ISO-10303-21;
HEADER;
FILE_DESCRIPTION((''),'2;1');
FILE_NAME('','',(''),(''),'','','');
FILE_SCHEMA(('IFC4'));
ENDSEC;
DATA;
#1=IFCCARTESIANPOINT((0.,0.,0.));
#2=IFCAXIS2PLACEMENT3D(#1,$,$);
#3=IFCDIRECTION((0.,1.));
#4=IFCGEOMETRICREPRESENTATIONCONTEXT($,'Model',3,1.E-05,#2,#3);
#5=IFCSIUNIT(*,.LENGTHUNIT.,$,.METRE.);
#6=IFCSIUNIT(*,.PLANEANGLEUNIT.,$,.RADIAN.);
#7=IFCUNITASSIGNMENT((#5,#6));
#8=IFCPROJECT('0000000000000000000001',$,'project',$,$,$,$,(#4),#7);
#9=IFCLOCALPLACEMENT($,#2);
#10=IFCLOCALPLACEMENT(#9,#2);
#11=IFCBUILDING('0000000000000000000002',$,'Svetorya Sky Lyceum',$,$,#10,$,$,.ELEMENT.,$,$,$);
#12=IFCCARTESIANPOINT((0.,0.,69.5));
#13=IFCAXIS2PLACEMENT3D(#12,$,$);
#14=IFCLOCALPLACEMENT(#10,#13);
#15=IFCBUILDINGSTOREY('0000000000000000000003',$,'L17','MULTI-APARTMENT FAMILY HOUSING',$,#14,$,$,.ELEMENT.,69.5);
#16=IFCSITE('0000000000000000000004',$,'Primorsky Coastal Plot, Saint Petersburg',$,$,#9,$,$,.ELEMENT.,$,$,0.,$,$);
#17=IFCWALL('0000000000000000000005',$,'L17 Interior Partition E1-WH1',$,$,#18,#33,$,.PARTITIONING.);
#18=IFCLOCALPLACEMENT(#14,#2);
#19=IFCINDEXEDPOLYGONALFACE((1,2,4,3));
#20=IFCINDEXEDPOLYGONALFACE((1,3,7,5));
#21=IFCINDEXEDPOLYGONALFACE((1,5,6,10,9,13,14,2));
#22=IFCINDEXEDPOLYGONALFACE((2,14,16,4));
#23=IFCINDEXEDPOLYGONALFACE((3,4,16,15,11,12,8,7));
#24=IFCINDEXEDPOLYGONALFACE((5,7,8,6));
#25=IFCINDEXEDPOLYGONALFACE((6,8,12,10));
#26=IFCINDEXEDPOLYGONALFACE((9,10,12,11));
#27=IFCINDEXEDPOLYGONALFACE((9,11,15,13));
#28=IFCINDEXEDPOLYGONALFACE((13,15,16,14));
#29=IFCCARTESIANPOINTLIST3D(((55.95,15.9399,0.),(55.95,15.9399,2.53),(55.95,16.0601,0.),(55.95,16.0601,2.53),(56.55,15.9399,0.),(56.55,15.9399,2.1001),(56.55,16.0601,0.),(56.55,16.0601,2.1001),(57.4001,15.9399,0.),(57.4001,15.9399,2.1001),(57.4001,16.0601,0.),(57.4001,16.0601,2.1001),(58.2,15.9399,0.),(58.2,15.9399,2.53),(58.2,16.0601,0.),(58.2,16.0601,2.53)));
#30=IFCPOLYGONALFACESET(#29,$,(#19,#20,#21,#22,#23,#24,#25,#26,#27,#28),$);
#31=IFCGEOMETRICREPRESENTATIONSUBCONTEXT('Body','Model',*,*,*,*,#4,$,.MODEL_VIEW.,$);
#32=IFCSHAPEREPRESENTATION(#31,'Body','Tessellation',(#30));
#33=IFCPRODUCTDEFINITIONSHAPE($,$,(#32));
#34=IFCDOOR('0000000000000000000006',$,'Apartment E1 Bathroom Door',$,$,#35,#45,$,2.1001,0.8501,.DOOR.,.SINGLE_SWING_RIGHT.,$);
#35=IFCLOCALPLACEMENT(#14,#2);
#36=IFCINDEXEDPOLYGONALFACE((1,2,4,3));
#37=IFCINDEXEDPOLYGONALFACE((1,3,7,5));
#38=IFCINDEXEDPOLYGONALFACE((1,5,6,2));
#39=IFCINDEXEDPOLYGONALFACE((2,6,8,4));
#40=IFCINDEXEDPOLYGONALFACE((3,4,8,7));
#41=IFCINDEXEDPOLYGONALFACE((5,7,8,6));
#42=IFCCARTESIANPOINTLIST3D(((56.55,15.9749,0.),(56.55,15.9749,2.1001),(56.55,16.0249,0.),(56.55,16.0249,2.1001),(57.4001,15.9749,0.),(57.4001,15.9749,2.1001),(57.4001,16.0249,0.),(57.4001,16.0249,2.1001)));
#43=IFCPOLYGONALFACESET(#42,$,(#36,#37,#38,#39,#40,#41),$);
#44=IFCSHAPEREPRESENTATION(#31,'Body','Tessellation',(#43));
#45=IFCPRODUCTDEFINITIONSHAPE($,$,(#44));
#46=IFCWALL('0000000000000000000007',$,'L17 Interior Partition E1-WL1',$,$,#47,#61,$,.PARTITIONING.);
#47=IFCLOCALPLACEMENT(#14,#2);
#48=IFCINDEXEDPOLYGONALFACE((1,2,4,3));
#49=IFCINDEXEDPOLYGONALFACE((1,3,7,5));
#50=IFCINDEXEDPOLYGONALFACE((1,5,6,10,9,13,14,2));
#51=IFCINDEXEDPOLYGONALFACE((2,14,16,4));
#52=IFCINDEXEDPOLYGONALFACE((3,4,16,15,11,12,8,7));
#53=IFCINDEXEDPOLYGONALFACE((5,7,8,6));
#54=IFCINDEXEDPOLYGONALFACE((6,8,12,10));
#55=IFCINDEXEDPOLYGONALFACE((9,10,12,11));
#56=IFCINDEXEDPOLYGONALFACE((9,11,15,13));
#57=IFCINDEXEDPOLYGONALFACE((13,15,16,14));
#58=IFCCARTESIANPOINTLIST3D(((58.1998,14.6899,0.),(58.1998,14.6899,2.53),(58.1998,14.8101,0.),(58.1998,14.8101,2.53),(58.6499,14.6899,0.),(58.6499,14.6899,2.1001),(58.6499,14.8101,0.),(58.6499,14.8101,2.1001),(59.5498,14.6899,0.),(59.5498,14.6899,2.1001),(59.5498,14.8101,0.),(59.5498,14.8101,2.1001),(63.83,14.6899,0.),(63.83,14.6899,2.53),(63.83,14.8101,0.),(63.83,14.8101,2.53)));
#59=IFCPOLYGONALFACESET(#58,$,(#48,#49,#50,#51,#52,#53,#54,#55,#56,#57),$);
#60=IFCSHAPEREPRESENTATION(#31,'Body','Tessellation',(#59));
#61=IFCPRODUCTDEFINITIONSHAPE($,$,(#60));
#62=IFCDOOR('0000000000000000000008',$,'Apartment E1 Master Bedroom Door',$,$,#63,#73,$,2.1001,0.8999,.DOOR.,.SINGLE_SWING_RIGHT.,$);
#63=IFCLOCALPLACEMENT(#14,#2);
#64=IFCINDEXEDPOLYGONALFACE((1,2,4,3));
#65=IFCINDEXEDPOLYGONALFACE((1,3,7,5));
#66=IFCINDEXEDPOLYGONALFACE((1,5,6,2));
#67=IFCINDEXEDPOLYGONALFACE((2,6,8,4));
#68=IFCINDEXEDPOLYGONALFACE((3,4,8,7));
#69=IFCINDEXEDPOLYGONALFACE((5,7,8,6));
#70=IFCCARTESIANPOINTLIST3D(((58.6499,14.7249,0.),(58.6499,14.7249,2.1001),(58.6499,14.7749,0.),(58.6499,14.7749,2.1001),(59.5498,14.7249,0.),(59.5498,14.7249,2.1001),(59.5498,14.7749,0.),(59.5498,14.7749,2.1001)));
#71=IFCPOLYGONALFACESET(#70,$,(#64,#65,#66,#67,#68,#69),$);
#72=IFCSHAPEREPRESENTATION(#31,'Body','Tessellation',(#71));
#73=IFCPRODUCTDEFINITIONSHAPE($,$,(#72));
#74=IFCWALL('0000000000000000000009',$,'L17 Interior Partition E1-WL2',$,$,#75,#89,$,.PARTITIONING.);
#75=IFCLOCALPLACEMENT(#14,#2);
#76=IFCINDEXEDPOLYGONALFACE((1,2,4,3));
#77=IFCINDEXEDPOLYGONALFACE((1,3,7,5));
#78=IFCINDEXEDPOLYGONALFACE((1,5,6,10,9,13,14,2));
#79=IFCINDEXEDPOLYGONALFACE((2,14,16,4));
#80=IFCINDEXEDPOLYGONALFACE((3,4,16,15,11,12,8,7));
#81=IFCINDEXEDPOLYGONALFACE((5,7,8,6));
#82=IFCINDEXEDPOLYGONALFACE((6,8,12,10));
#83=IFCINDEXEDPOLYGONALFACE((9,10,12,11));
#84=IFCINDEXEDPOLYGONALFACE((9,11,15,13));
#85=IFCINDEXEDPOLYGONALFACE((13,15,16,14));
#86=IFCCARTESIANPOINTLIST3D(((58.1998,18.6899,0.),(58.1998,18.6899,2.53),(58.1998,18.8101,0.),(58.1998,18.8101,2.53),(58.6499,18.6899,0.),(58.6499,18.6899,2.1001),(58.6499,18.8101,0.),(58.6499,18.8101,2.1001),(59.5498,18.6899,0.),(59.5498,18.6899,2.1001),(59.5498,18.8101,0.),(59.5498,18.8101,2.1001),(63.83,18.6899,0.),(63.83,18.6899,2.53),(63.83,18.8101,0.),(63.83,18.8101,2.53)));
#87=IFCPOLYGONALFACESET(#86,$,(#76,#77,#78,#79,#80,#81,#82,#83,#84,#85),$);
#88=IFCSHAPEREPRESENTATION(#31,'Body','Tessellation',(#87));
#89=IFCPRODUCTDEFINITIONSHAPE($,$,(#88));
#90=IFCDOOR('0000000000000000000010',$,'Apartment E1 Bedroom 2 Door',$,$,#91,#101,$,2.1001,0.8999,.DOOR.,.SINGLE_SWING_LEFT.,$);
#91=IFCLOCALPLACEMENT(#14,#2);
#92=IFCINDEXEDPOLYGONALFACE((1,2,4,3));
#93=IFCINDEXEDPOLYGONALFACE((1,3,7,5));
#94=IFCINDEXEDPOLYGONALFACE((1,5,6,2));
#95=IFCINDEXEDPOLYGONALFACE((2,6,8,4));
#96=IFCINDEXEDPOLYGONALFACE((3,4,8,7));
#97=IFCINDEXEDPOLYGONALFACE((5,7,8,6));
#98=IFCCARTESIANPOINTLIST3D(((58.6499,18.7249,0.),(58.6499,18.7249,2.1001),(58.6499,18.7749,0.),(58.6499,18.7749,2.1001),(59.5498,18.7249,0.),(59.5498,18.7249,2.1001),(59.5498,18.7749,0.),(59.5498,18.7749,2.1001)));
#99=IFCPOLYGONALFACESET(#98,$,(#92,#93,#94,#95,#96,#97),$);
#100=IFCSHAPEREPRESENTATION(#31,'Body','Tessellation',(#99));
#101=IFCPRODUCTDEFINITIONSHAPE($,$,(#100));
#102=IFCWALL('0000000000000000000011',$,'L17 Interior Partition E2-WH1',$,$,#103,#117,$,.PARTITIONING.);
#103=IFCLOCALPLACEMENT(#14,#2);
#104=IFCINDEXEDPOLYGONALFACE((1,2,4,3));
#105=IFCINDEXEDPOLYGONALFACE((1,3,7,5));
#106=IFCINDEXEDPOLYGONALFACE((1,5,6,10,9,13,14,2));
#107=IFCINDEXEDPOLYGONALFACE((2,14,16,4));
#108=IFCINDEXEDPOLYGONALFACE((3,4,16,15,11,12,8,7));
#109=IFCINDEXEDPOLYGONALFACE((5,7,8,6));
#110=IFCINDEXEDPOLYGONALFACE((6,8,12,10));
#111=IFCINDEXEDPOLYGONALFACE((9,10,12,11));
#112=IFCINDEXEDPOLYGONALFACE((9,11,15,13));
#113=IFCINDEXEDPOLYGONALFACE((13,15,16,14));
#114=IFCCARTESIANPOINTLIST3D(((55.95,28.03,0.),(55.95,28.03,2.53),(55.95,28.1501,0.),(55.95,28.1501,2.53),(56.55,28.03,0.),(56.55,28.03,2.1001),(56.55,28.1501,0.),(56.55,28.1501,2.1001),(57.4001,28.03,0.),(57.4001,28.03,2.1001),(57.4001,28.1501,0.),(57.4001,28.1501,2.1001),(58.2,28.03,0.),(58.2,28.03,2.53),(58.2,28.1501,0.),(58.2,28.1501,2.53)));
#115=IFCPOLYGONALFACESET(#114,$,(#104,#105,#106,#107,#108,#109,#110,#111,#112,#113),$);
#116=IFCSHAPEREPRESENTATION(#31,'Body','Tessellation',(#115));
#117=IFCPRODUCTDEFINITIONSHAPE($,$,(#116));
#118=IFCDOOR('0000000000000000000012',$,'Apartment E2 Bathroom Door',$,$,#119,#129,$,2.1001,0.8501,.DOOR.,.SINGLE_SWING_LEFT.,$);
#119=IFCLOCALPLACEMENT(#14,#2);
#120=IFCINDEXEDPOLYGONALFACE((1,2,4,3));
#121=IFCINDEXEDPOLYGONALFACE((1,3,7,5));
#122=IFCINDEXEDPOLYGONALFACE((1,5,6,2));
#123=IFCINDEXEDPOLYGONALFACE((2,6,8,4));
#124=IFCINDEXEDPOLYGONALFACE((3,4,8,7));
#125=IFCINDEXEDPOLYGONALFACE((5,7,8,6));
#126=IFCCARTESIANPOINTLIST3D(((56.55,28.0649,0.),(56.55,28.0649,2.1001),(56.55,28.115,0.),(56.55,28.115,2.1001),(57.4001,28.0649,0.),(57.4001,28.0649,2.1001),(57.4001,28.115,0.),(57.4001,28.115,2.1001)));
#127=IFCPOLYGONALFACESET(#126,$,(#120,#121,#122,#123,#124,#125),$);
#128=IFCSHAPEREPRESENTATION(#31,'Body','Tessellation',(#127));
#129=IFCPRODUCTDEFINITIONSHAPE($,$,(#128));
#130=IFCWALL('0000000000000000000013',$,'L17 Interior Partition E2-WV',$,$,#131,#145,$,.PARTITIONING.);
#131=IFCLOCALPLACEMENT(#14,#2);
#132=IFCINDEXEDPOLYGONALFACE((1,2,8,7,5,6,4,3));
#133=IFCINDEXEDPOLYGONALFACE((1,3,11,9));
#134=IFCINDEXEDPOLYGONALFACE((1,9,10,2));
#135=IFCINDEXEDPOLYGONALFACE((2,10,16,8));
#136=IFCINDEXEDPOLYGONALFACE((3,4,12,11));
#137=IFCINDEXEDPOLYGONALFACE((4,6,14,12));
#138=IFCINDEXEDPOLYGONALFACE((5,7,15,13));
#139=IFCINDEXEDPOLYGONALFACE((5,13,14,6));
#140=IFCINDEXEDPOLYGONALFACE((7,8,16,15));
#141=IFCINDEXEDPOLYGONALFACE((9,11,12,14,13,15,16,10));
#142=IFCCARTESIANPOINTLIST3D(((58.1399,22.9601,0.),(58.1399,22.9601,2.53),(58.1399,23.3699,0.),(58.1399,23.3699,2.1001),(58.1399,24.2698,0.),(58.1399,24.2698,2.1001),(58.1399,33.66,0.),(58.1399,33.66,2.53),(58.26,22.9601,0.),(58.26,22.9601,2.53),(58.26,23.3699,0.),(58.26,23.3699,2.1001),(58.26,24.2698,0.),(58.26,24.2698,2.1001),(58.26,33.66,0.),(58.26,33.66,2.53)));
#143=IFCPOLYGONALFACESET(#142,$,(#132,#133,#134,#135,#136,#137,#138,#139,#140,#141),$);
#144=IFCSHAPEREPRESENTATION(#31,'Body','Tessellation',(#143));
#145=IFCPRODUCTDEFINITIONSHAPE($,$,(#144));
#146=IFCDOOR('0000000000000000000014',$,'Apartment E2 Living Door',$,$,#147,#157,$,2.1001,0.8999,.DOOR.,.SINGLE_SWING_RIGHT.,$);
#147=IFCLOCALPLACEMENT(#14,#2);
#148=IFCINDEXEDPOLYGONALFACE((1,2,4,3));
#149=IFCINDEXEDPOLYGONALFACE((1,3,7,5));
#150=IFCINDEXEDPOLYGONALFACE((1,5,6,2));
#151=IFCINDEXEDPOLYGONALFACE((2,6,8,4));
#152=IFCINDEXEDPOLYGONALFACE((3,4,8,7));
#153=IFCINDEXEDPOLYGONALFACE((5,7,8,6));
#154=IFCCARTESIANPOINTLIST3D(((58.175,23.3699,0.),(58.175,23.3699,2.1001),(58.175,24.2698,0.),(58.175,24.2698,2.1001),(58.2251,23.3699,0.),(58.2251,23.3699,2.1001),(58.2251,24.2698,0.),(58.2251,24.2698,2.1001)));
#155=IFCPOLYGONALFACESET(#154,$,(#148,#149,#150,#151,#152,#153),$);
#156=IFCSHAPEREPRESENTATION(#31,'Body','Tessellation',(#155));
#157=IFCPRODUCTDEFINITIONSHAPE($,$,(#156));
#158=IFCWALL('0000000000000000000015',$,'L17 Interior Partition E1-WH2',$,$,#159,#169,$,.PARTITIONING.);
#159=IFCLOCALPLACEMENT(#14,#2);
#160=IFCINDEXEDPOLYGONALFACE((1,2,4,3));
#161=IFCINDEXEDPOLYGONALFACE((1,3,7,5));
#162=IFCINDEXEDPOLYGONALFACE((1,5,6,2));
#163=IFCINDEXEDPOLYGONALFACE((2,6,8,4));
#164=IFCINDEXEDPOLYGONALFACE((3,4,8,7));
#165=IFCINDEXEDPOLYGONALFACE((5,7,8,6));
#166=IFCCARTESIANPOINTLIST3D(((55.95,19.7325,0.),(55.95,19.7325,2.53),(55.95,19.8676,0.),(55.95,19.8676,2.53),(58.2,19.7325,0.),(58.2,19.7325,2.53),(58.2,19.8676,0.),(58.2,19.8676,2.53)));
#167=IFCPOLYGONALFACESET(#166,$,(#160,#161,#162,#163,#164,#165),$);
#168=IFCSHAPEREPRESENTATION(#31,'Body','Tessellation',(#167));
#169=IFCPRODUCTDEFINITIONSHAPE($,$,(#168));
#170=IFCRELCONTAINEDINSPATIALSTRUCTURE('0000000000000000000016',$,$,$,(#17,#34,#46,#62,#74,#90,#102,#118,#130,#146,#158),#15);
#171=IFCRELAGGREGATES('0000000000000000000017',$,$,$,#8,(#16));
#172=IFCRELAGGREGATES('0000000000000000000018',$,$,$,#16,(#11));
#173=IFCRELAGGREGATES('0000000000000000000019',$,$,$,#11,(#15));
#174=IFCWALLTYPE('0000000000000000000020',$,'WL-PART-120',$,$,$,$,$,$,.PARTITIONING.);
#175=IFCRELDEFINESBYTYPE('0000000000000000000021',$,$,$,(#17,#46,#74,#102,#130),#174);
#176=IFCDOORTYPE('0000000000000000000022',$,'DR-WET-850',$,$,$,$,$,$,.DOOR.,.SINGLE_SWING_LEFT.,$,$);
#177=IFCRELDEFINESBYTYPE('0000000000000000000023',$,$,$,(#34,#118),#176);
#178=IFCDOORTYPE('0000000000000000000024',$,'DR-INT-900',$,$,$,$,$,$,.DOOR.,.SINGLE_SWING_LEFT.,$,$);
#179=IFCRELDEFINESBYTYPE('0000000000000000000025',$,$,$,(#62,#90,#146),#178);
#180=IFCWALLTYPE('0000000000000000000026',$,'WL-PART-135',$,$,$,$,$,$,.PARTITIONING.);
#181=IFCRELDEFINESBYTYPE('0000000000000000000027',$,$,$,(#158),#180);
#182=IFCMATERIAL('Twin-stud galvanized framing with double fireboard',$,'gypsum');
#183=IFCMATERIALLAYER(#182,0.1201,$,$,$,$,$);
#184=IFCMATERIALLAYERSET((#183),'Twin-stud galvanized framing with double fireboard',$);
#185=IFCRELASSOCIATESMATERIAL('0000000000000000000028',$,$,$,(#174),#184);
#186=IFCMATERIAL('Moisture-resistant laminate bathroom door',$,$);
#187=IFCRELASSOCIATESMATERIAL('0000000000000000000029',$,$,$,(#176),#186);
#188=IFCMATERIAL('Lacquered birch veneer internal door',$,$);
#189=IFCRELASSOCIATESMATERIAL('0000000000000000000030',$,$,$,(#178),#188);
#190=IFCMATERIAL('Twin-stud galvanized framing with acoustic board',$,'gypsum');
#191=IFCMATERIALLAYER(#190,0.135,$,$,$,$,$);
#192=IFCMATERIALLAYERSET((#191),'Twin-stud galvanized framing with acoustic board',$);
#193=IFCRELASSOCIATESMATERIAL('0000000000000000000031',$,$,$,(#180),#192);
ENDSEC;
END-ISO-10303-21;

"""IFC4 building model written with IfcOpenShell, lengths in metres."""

from ifc_helpers import new_model, si_unit, direction, frame, frame_2d, origin, place, context, subcontext, project, spatial, rectangle, extrude, material, layer, layer_set, type_object, element, fill, save


model = new_model("IFC4")

# Units and contexts
model_context = context("Model", 3, precision=1e-05, world=origin(), true_north=direction((0.0, 1.0)))
body_context = subcontext(model_context, "Body", "Model", "MODEL_VIEW")
ifc_project = project(units=[si_unit("LENGTHUNIT", "METRE"), si_unit("PLANEANGLEUNIT", "RADIAN")], contexts=[model_context])

# Site, building, storey
site_placement = place(None, origin())
site = spatial("IfcSite", under=ifc_project, at=site_placement, Name="Primorsky Coastal Plot, Saint Petersburg", CompositionType="ELEMENT", RefElevation=0.0)
building_placement = place(site_placement, origin())
building = spatial("IfcBuilding", under=site, at=building_placement, Name="Svetorya Sky Lyceum", CompositionType="ELEMENT")
storey_placement = place(building_placement, frame((0.0, 0.0, 69.5)))
storey = spatial("IfcBuildingStorey", under=building, at=storey_placement, Name="L17", Description="MULTI-APARTMENT FAMILY HOUSING", CompositionType="ELEMENT", Elevation=69.5)

# Walls, openings, doors
ifc_material_1 = material(Name="Twin-stud galvanized framing with double fireboard", Category="gypsum")
ifc_layer_1 = layer(ifc_material_1, 0.1201)
ifc_layer_set_1 = layer_set([ifc_layer_1], Name="Twin-stud galvanized framing with double fireboard")
wall_type_1 = type_object("IfcWallType", Name="WL-PART-120", PredefinedType="PARTITIONING", material=ifc_layer_set_1)
wall_1_placement = place(storey_placement, frame((55.95, 16.0, 0.0), z_axis=(0.0, 0.0, 1.0), x_axis=(1.0, 0.0, 0.0)))
wall_1 = element("IfcWall", 1, at=wall_1_placement, inside=storey, type_object=wall_type_1, Name="L17 Interior Partition E1-WH1", PredefinedType="PARTITIONING", context=body_context, shape_type="SweptSolid", body=[
    extrude(rectangle(XDim=2.25, YDim=0.1201, at=frame_2d((1.125, 0.0))), origin(), (0.0, 0.0, 1.0), 2.53),
])
opening_1_placement = place(wall_1_placement, frame((0.6001, 0.0, 0.0)))
opening_1 = element("IfcOpeningElement", 2, at=opening_1_placement, cuts=wall_1, PredefinedType="OPENING", context=body_context, shape_type="SweptSolid", body=[
    extrude(rectangle(XDim=0.8501, YDim=2.1001, at=frame_2d((0.425, 1.05))), frame((0.0, 0.0701, 0.0), z_axis=(0.0, -1.0, 0.0), x_axis=(1.0, 0.0, 0.0)), (0.0, 0.0, 1.0), 0.1401),
])
ifc_material_2 = material(Name="Moisture-resistant laminate bathroom door")
door_type_1 = type_object("IfcDoorType", Name="DR-WET-850", OperationType="SINGLE_SWING_LEFT", PredefinedType="DOOR", material=ifc_material_2)
door_1_placement = place(opening_1_placement, origin())
door_1 = element("IfcDoor", 3, at=door_1_placement, inside=storey, type_object=door_type_1, Name="Apartment E1 Bathroom Door", OperationType="SINGLE_SWING_RIGHT", OverallHeight=2.1001, OverallWidth=0.8501, PredefinedType="DOOR", context=body_context, shape_type="SweptSolid", body=[
    extrude(rectangle(XDim=0.8501, YDim=2.1001, at=frame_2d((0.425, 1.05))), frame((0.0, 0.0249, 0.0), z_axis=(0.0, -1.0, 0.0), x_axis=(1.0, 0.0, 0.0)), (0.0, 0.0, 1.0), 0.05),
])
fill(opening_1, door_1)
wall_2_placement = place(storey_placement, frame((58.2, 14.75, 0.0), z_axis=(0.0, 0.0, 1.0), x_axis=(1.0, 0.0, 0.0)))
wall_2 = element("IfcWall", 4, at=wall_2_placement, inside=storey, type_object=wall_type_1, Name="L17 Interior Partition E1-WL1", PredefinedType="PARTITIONING", context=body_context, shape_type="SweptSolid", body=[
    extrude(rectangle(XDim=5.6301, YDim=0.1201, at=frame_2d((2.8149, 0.0))), origin(), (0.0, 0.0, 1.0), 2.53),
])
opening_2_placement = place(wall_2_placement, frame((0.45, 0.0, 0.0)))
opening_2 = element("IfcOpeningElement", 5, at=opening_2_placement, cuts=wall_2, PredefinedType="OPENING", context=body_context, shape_type="SweptSolid", body=[
    extrude(rectangle(XDim=0.8999, YDim=2.1001, at=frame_2d((0.45, 1.05))), frame((0.0, 0.0701, 0.0), z_axis=(0.0, -1.0, 0.0), x_axis=(1.0, 0.0, 0.0)), (0.0, 0.0, 1.0), 0.1401),
])
ifc_material_3 = material(Name="Lacquered birch veneer internal door")
door_type_2 = type_object("IfcDoorType", Name="DR-INT-900", OperationType="SINGLE_SWING_LEFT", PredefinedType="DOOR", material=ifc_material_3)
door_2_placement = place(opening_2_placement, origin())
door_2 = element("IfcDoor", 6, at=door_2_placement, inside=storey, type_object=door_type_2, Name="Apartment E1 Master Bedroom Door", OperationType="SINGLE_SWING_RIGHT", OverallHeight=2.1001, OverallWidth=0.8999, PredefinedType="DOOR", context=body_context, shape_type="SweptSolid", body=[
    extrude(rectangle(XDim=0.8999, YDim=2.1001, at=frame_2d((0.45, 1.05))), frame((0.0, 0.0249, 0.0), z_axis=(0.0, -1.0, 0.0), x_axis=(1.0, 0.0, 0.0)), (0.0, 0.0, 1.0), 0.05),
])
fill(opening_2, door_2)
wall_3_placement = place(storey_placement, frame((58.2, 18.75, 0.0), z_axis=(0.0, 0.0, 1.0), x_axis=(1.0, 0.0, 0.0)))
wall_3 = element("IfcWall", 7, at=wall_3_placement, inside=storey, type_object=wall_type_1, Name="L17 Interior Partition E1-WL2", PredefinedType="PARTITIONING", context=body_context, shape_type="SweptSolid", body=[
    extrude(rectangle(XDim=5.6301, YDim=0.1201, at=frame_2d((2.8149, 0.0))), origin(), (0.0, 0.0, 1.0), 2.53),
])
opening_3_placement = place(wall_3_placement, frame((0.45, 0.0, 0.0)))
opening_3 = element("IfcOpeningElement", 8, at=opening_3_placement, cuts=wall_3, PredefinedType="OPENING", context=body_context, shape_type="SweptSolid", body=[
    extrude(rectangle(XDim=0.8999, YDim=2.1001, at=frame_2d((0.45, 1.05))), frame((0.0, 0.0701, 0.0), z_axis=(0.0, -1.0, 0.0), x_axis=(1.0, 0.0, 0.0)), (0.0, 0.0, 1.0), 0.1401),
])
door_3_placement = place(opening_3_placement, origin())
door_3 = element("IfcDoor", 9, at=door_3_placement, inside=storey, type_object=door_type_2, Name="Apartment E1 Bedroom 2 Door", OperationType="SINGLE_SWING_LEFT", OverallHeight=2.1001, OverallWidth=0.8999, PredefinedType="DOOR", context=body_context, shape_type="SweptSolid", body=[
    extrude(rectangle(XDim=0.8999, YDim=2.1001, at=frame_2d((0.45, 1.05))), frame((0.0, 0.0249, 0.0), z_axis=(0.0, -1.0, 0.0), x_axis=(1.0, 0.0, 0.0)), (0.0, 0.0, 1.0), 0.05),
])
fill(opening_3, door_3)
wall_4_placement = place(storey_placement, frame((55.95, 28.0901, 0.0), z_axis=(0.0, 0.0, 1.0), x_axis=(1.0, 0.0, 0.0)))
wall_4 = element("IfcWall", 10, at=wall_4_placement, inside=storey, type_object=wall_type_1, Name="L17 Interior Partition E2-WH1", PredefinedType="PARTITIONING", context=body_context, shape_type="SweptSolid", body=[
    extrude(rectangle(XDim=2.25, YDim=0.1201, at=frame_2d((1.125, 0.0))), origin(), (0.0, 0.0, 1.0), 2.53),
])
opening_4_placement = place(wall_4_placement, frame((0.6001, 0.0, 0.0)))
opening_4 = element("IfcOpeningElement", 11, at=opening_4_placement, cuts=wall_4, PredefinedType="OPENING", context=body_context, shape_type="SweptSolid", body=[
    extrude(rectangle(XDim=0.8501, YDim=2.1001, at=frame_2d((0.425, 1.05))), frame((0.0, 0.0701, 0.0), z_axis=(0.0, -1.0, 0.0), x_axis=(1.0, 0.0, 0.0)), (0.0, 0.0, 1.0), 0.1401),
])
door_4_placement = place(opening_4_placement, origin())
door_4 = element("IfcDoor", 12, at=door_4_placement, inside=storey, type_object=door_type_1, Name="Apartment E2 Bathroom Door", OperationType="SINGLE_SWING_LEFT", OverallHeight=2.1001, OverallWidth=0.8501, PredefinedType="DOOR", context=body_context, shape_type="SweptSolid", body=[
    extrude(rectangle(XDim=0.8501, YDim=2.1001, at=frame_2d((0.425, 1.05))), frame((0.0, 0.0249, 0.0), z_axis=(0.0, -1.0, 0.0), x_axis=(1.0, 0.0, 0.0)), (0.0, 0.0, 1.0), 0.05),
])
fill(opening_4, door_4)
wall_5_placement = place(storey_placement, frame((58.2, 22.96, 0.0), z_axis=(0.0, 0.0, 1.0), x_axis=(0.0, 1.0, 0.0)))
wall_5 = element("IfcWall", 13, at=wall_5_placement, inside=storey, type_object=wall_type_1, Name="L17 Interior Partition E2-WV", PredefinedType="PARTITIONING", context=body_context, shape_type="SweptSolid", body=[
    extrude(rectangle(XDim=10.7, YDim=0.1201, at=frame_2d((5.3501, 0.0))), origin(), (0.0, 0.0, 1.0), 2.53),
])
opening_5_placement = place(wall_5_placement, frame((0.4099, 0.0, 0.0)))
opening_5 = element("IfcOpeningElement", 14, at=opening_5_placement, cuts=wall_5, PredefinedType="OPENING", context=body_context, shape_type="SweptSolid", body=[
    extrude(rectangle(XDim=0.8999, YDim=2.1001, at=frame_2d((0.45, 1.05))), frame((0.0, 0.0701, 0.0), z_axis=(0.0, -1.0, 0.0), x_axis=(1.0, 0.0, 0.0)), (0.0, 0.0, 1.0), 0.1401),
])
door_5_placement = place(opening_5_placement, origin())
door_5 = element("IfcDoor", 15, at=door_5_placement, inside=storey, type_object=door_type_2, Name="Apartment E2 Living Door", OperationType="SINGLE_SWING_RIGHT", OverallHeight=2.1001, OverallWidth=0.8999, PredefinedType="DOOR", context=body_context, shape_type="SweptSolid", body=[
    extrude(rectangle(XDim=0.8999, YDim=2.1001, at=frame_2d((0.45, 1.05))), frame((0.0, 0.0249, 0.0), z_axis=(0.0, -1.0, 0.0), x_axis=(1.0, 0.0, 0.0)), (0.0, 0.0, 1.0), 0.05),
])
fill(opening_5, door_5)

# Wall
ifc_material_4 = material(Name="Twin-stud galvanized framing with acoustic board", Category="gypsum")
ifc_layer_2 = layer(ifc_material_4, 0.135)
ifc_layer_set_2 = layer_set([ifc_layer_2], Name="Twin-stud galvanized framing with acoustic board")
wall_type_2 = type_object("IfcWallType", Name="WL-PART-135", PredefinedType="PARTITIONING", material=ifc_layer_set_2)
wall_6_placement = place(storey_placement, frame((55.95, 19.8, 0.0), z_axis=(0.0, 0.0, 1.0), x_axis=(1.0, 0.0, 0.0)))
element("IfcWall", 16, at=wall_6_placement, inside=storey, type_object=wall_type_2, Name="L17 Interior Partition E1-WH2", PredefinedType="PARTITIONING", context=body_context, shape_type="SweptSolid", body=[
    extrude(rectangle(XDim=2.25, YDim=0.135, at=frame_2d((1.125, 0.0))), origin(), (0.0, 0.0, 1.0), 2.53),
])

save(model, "model.ifc")
